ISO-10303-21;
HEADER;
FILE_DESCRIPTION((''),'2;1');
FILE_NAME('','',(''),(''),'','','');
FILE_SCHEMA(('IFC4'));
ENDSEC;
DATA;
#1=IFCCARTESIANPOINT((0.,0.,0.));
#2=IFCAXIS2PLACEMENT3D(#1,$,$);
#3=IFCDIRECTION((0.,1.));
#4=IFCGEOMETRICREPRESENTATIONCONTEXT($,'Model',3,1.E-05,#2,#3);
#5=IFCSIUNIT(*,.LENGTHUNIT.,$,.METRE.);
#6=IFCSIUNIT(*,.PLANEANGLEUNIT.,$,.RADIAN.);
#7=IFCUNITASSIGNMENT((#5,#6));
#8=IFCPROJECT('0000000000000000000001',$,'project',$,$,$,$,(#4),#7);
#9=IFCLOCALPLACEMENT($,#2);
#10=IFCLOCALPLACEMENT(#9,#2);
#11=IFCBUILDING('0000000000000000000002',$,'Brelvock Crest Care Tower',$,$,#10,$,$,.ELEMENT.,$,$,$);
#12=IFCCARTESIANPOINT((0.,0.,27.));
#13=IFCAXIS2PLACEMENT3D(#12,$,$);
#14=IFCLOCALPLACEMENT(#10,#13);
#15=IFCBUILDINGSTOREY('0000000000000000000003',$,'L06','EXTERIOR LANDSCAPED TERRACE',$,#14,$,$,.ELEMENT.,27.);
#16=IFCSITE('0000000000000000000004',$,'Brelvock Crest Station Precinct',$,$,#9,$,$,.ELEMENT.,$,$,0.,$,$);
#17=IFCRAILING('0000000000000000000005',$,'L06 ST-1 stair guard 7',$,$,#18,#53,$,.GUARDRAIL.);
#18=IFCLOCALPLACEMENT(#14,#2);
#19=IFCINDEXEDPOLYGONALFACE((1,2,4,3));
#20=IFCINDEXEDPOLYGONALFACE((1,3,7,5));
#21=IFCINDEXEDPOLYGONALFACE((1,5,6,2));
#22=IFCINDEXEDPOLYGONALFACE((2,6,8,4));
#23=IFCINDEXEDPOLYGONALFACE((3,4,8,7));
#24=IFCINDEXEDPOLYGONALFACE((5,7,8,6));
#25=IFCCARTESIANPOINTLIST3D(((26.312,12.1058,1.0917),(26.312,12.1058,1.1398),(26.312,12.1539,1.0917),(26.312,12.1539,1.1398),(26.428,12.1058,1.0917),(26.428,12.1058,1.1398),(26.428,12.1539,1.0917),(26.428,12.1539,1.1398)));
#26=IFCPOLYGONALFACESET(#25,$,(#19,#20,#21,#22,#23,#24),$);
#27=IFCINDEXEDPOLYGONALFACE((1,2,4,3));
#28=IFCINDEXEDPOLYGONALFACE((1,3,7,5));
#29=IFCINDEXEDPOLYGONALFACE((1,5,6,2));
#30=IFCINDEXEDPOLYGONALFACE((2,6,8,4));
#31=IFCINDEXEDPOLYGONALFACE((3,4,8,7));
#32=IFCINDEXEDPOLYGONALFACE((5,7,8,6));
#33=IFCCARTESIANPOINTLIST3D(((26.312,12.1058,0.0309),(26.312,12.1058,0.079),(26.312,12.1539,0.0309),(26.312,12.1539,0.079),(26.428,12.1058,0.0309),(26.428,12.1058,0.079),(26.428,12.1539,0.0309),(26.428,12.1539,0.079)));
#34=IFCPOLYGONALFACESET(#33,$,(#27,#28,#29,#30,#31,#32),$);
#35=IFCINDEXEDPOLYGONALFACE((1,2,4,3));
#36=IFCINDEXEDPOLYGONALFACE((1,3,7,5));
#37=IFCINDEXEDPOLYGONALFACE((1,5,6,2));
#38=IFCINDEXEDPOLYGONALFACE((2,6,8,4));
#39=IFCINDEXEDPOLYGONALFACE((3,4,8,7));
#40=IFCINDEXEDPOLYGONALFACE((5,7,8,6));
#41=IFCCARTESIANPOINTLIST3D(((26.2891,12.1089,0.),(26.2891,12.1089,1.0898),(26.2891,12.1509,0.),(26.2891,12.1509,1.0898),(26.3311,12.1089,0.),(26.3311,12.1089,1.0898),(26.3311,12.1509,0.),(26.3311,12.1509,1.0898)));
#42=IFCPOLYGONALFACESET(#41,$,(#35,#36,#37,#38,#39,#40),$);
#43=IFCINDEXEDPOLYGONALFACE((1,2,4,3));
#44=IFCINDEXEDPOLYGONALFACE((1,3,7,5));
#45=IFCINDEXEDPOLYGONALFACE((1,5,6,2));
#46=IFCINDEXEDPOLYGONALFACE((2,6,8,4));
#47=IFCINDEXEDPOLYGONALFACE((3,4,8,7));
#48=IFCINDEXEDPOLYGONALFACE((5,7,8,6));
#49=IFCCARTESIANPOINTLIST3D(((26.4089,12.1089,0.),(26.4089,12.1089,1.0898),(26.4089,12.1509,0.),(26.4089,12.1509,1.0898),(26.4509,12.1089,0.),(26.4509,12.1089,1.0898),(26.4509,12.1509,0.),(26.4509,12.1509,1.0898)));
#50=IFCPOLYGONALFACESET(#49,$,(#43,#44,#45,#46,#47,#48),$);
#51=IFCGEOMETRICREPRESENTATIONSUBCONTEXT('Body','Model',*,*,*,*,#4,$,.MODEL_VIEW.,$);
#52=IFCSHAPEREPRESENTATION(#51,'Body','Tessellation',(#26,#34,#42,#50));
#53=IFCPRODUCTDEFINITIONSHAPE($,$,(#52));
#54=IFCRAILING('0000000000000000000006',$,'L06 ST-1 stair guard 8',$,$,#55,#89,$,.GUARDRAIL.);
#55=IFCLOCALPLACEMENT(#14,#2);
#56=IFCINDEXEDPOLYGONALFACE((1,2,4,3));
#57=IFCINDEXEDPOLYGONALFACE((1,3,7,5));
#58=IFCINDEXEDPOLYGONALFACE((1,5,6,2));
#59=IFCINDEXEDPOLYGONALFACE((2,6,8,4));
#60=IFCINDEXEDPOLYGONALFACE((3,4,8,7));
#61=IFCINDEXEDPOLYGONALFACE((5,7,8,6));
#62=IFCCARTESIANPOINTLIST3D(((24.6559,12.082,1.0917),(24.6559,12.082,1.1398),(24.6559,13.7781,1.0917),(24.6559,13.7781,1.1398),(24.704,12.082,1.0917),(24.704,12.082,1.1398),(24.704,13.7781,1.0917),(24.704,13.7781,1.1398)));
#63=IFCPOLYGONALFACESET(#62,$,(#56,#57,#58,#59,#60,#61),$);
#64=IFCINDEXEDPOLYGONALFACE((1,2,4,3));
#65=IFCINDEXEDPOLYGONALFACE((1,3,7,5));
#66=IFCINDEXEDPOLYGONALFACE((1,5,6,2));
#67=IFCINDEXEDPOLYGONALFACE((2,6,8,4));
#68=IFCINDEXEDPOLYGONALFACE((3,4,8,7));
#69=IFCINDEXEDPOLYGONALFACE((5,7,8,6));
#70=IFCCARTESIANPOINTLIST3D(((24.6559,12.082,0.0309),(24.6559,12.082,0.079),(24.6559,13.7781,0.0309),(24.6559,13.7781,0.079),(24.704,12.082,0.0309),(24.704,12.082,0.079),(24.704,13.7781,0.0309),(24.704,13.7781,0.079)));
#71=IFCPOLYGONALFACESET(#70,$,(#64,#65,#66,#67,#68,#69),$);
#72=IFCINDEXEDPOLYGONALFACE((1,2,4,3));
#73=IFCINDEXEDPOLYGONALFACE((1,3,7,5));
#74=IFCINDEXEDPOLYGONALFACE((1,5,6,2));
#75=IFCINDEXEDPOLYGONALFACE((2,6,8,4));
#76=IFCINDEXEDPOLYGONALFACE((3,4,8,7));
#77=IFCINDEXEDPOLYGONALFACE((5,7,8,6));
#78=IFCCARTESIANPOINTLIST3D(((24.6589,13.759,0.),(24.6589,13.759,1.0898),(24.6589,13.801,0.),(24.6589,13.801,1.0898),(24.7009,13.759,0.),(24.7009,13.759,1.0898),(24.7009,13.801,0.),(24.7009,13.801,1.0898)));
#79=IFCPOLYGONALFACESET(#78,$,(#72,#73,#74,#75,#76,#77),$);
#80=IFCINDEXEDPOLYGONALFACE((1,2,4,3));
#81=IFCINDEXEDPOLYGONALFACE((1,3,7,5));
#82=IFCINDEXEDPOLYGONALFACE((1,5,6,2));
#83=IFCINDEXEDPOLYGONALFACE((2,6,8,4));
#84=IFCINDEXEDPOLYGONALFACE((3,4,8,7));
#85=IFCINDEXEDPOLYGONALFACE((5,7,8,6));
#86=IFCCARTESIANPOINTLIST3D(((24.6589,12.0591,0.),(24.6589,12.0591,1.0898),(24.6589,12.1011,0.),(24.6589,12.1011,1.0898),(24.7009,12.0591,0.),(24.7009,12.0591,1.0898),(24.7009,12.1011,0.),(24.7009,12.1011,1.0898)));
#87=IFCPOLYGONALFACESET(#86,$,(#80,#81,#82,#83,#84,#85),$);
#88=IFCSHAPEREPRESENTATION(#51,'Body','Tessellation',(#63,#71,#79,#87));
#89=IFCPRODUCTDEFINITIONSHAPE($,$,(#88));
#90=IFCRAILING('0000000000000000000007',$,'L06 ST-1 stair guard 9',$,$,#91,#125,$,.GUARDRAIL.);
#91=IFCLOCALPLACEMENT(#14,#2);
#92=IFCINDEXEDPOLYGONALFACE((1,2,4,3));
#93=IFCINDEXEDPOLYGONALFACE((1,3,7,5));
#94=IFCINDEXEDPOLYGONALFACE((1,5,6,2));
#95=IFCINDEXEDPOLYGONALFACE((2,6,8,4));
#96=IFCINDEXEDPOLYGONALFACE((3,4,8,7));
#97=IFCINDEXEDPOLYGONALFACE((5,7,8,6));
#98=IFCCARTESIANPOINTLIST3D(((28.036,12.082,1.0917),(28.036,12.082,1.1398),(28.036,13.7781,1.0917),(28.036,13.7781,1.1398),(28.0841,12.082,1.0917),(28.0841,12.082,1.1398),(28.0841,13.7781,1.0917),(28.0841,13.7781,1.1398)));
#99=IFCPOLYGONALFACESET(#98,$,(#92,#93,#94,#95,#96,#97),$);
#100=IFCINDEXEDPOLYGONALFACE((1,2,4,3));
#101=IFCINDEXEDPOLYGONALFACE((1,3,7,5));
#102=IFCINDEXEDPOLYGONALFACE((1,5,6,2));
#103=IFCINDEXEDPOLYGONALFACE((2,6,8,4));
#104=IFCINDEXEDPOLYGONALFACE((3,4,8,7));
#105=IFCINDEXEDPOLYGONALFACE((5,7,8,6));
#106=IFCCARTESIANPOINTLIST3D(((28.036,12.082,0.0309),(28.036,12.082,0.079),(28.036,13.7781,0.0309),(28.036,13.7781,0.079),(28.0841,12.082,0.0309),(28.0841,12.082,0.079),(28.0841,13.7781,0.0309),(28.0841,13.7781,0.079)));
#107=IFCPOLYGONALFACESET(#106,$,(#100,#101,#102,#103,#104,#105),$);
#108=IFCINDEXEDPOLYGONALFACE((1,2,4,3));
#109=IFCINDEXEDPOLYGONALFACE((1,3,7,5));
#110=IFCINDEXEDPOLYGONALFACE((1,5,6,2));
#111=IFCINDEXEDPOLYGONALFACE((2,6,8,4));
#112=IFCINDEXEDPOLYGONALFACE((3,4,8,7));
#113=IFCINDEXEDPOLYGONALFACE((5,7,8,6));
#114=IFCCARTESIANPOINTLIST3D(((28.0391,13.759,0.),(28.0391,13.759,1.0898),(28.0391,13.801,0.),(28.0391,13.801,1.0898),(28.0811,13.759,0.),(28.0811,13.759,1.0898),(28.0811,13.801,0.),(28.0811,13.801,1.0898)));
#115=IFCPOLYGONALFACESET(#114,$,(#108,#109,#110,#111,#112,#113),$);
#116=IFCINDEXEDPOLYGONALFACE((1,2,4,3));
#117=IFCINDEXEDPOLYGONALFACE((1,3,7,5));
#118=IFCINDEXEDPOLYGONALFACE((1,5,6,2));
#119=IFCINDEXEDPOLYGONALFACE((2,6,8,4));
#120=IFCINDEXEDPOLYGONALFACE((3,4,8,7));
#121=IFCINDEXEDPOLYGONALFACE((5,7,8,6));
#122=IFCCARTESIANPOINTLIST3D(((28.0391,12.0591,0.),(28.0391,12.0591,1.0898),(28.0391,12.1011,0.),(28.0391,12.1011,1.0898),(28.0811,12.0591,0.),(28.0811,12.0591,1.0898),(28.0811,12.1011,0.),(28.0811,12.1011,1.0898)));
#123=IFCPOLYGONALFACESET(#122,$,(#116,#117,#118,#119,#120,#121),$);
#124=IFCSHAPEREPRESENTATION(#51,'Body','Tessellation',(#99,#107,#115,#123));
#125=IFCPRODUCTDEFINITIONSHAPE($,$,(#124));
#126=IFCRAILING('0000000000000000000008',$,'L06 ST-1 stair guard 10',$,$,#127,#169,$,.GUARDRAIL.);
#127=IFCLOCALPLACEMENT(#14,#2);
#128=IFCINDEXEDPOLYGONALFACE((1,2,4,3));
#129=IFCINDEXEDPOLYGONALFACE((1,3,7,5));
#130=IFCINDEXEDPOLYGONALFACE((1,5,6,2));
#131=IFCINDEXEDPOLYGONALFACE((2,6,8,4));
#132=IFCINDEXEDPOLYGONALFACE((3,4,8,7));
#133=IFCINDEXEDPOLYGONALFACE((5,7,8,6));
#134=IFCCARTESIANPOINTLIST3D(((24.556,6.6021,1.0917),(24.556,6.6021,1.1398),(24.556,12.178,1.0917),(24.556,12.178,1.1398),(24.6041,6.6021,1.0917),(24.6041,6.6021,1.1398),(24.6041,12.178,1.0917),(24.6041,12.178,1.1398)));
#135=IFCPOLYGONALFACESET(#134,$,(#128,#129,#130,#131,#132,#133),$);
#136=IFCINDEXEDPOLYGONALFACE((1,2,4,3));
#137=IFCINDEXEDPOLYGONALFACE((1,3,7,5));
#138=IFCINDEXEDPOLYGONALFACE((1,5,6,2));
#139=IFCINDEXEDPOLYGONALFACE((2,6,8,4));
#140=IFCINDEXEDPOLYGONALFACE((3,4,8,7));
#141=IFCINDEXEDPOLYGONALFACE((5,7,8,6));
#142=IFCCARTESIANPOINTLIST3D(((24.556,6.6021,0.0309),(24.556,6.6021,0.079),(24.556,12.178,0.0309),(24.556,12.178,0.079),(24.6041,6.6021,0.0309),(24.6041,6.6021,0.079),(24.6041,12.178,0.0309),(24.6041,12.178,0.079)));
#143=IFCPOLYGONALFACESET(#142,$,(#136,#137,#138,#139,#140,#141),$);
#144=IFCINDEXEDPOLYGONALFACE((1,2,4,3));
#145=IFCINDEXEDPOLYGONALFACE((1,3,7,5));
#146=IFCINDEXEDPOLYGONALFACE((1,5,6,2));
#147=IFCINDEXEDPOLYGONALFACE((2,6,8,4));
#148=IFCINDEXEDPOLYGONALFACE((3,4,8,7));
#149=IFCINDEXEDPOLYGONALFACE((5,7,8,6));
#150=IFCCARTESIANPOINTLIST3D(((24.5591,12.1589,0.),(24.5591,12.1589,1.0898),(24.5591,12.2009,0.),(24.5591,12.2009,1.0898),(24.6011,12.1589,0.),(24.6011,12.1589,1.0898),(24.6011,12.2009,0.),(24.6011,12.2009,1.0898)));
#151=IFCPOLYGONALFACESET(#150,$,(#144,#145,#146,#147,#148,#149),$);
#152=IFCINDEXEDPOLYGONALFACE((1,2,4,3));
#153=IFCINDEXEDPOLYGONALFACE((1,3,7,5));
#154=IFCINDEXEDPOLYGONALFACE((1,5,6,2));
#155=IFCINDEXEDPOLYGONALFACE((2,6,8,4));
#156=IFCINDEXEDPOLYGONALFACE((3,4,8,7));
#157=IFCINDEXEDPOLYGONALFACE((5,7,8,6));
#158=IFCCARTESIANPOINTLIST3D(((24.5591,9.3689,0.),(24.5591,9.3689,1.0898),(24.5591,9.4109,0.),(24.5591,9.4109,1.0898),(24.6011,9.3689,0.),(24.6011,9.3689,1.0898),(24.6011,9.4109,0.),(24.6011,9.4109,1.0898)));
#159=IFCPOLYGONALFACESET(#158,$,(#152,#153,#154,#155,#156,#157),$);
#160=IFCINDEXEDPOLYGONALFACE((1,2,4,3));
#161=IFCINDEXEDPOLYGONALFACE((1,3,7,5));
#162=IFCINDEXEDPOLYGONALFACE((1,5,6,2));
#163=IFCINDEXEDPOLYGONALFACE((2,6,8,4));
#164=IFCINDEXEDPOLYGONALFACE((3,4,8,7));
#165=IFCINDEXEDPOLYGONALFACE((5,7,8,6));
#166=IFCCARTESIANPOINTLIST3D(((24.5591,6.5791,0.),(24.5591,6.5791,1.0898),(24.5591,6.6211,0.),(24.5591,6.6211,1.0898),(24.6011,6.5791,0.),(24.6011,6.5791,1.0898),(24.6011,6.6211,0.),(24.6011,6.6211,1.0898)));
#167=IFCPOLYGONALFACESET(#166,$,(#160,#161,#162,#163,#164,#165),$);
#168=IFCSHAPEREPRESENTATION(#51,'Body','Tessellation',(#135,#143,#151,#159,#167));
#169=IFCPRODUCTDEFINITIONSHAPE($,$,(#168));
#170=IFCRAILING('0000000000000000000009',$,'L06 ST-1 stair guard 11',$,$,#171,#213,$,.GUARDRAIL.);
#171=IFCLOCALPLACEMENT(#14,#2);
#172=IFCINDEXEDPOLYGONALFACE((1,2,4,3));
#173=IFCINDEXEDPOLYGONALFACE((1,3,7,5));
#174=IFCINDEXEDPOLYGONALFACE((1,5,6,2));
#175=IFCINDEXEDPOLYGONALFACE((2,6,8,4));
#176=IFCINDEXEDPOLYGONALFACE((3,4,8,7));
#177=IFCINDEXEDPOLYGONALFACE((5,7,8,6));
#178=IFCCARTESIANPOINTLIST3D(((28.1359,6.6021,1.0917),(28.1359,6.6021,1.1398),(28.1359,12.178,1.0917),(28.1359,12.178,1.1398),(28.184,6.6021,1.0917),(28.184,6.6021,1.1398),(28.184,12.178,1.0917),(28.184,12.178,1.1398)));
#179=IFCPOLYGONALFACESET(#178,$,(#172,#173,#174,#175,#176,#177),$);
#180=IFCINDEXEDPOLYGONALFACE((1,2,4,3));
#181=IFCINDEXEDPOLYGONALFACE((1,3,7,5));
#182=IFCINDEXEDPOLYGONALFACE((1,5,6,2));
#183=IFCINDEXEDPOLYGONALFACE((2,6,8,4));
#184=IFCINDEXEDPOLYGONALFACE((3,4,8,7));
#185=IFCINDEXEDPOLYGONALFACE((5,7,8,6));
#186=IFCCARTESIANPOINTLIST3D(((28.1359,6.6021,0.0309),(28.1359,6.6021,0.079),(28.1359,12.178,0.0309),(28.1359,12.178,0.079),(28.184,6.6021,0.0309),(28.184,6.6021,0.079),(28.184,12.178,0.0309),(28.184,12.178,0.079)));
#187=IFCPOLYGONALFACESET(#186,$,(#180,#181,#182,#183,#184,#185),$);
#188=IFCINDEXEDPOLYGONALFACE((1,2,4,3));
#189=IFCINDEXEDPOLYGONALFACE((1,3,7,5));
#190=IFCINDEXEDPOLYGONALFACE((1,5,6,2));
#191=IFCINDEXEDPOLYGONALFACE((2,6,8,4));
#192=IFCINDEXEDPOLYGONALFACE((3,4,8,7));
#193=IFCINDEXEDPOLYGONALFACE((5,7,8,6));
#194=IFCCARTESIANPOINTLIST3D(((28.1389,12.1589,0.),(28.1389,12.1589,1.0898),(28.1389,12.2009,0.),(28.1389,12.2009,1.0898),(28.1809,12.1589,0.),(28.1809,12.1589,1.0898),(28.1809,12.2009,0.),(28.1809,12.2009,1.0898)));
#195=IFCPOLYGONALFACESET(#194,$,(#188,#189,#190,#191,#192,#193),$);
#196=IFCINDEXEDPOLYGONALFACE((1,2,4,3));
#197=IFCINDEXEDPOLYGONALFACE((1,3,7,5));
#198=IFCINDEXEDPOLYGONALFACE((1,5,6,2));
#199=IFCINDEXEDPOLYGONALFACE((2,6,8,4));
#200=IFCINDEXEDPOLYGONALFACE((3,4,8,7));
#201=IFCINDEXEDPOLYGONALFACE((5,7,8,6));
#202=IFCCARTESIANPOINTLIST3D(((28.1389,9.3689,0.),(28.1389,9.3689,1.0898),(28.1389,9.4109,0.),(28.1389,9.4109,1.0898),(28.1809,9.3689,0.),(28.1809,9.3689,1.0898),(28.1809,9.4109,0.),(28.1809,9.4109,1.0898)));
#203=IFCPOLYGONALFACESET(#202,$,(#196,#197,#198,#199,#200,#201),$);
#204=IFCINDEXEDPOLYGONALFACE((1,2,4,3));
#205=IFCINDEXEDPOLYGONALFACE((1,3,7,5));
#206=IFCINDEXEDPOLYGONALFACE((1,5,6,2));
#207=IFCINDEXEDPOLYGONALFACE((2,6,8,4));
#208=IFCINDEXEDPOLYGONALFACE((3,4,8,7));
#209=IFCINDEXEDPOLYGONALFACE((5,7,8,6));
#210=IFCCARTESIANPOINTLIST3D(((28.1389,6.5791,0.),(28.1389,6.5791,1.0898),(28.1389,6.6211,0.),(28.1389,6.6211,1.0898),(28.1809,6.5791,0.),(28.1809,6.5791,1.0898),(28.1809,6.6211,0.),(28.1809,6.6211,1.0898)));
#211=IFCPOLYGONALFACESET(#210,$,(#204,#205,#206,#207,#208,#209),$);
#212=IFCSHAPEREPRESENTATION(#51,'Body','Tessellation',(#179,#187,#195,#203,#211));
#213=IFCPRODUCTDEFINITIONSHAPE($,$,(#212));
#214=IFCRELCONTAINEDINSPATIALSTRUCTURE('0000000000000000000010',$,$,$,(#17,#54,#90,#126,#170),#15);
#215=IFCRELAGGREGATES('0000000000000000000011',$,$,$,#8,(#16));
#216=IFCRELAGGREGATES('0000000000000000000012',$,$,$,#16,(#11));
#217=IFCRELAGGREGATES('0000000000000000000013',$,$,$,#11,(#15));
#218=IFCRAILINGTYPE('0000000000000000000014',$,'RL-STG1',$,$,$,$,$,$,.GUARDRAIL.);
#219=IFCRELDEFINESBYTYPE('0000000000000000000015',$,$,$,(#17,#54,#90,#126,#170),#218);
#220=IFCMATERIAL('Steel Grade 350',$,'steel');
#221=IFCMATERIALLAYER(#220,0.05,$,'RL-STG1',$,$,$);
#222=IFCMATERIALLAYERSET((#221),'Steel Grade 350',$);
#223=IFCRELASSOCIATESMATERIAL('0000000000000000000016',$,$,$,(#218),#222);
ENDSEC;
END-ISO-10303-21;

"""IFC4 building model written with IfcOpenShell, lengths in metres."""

from ifc_helpers import new_model, si_unit, direction, frame, origin, origin_2d, place, context, subcontext, project, spatial, rectangle, extrude, material, layer, layer_set, type_object, element, save


model = new_model("IFC4")

# Units and contexts
model_context = context("Model", 3, precision=1e-05, world=origin(), true_north=direction((0.0, 1.0)))
body_context = subcontext(model_context, "Body", "Model", "MODEL_VIEW")
ifc_project = project(units=[si_unit("LENGTHUNIT", "METRE"), si_unit("PLANEANGLEUNIT", "RADIAN")], contexts=[model_context])

# Site, building, storey
site_placement = place(None, origin())
site = spatial("IfcSite", under=ifc_project, at=site_placement, Name="Brelvock Crest Station Precinct", CompositionType="ELEMENT", RefElevation=0.0)
building_placement = place(site_placement, origin())
building = spatial("IfcBuilding", under=site, at=building_placement, Name="Brelvock Crest Care Tower", CompositionType="ELEMENT")
storey_placement = place(building_placement, frame((0.0, 0.0, 27.0)))
storey = spatial("IfcBuildingStorey", under=building, at=storey_placement, Name="L06", Description="EXTERIOR LANDSCAPED TERRACE", CompositionType="ELEMENT", Elevation=27.0)

# Shared definitions
ifc_material_1 = material(Name="Steel Grade 350", Category="steel")

# Railings
ifc_layer_1 = layer(ifc_material_1, 0.05, Name="RL-STG1")
ifc_layer_set_1 = layer_set([ifc_layer_1], Name="Steel Grade 350")
railing_type_1 = type_object("IfcRailingType", Name="RL-STG1", PredefinedType="GUARDRAIL", material=ifc_layer_set_1)
railing_1_placement = place(storey_placement, frame((26.3101, 12.1299, 0.0)))
element("IfcRailing", 1, at=railing_1_placement, inside=storey, type_object=railing_type_1, Name="L06 ST-1 stair guard 7", PredefinedType="GUARDRAIL", context=body_context, shape_type="SweptSolid", body=[
    extrude(rectangle(XDim=0.0481, YDim=0.0481, at=origin_2d()), frame((0.002, 0.0, 1.1157), z_axis=(1.0, 0.0, 0.0), x_axis=(0.0, 1.0, 0.0)), (0.0, 0.0, 1.0), 0.116),
    extrude(rectangle(XDim=0.0481, YDim=0.0481, at=origin_2d()), frame((0.002, 0.0, 0.0549), z_axis=(1.0, 0.0, 0.0), x_axis=(0.0, 1.0, 0.0)), (0.0, 0.0, 1.0), 0.116),
    extrude(rectangle(XDim=0.042, YDim=0.042, at=origin_2d()), origin(), (0.0, 0.0, 1.0), 1.0898),
    extrude(rectangle(XDim=0.042, YDim=0.042, at=origin_2d()), frame((0.1199, 0.0, 0.0)), (0.0, 0.0, 1.0), 1.0898),
])
for number, where, name in (
    (2, (24.6799, 13.78, 0.0), "L06 ST-1 stair guard 8"),
    (3, (28.0601, 13.78, 0.0), "L06 ST-1 stair guard 9"),
):
    element("IfcRailing", number, at=place(storey_placement, frame(where)), inside=storey, type_object=railing_type_1, Name=name, PredefinedType="GUARDRAIL", context=body_context, shape_type="SweptSolid", body=[
        extrude(rectangle(XDim=0.0481, YDim=0.0481, at=origin_2d()), frame((0.0, -0.002, 1.1157), z_axis=(0.0, -1.0, 0.0), x_axis=(1.0, 0.0, 0.0)), (0.0, 0.0, 1.0), 1.696),
        extrude(rectangle(XDim=0.0481, YDim=0.0481, at=origin_2d()), frame((0.0, -0.002, 0.0549), z_axis=(0.0, -1.0, 0.0), x_axis=(1.0, 0.0, 0.0)), (0.0, 0.0, 1.0), 1.696),
        extrude(rectangle(XDim=0.042, YDim=0.042, at=origin_2d()), origin(), (0.0, 0.0, 1.0), 1.0898),
        extrude(rectangle(XDim=0.042, YDim=0.042, at=origin_2d()), frame((0.0, -1.7, 0.0)), (0.0, 0.0, 1.0), 1.0898),
    ])
for number, where, name in (
    (4, (24.5801, 12.1799, 0.0), "L06 ST-1 stair guard 10"),
    (5, (28.1599, 12.1799, 0.0), "L06 ST-1 stair guard 11"),
):
    element("IfcRailing", number, at=place(storey_placement, frame(where)), inside=storey, type_object=railing_type_1, Name=name, PredefinedType="GUARDRAIL", context=body_context, shape_type="SweptSolid", body=[
        extrude(rectangle(XDim=0.0481, YDim=0.0481, at=origin_2d()), frame((0.0, -0.002, 1.1157), z_axis=(0.0, -1.0, 0.0), x_axis=(1.0, 0.0, 0.0)), (0.0, 0.0, 1.0), 5.5759),
        extrude(rectangle(XDim=0.0481, YDim=0.0481, at=origin_2d()), frame((0.0, -0.002, 0.0549), z_axis=(0.0, -1.0, 0.0), x_axis=(1.0, 0.0, 0.0)), (0.0, 0.0, 1.0), 5.5759),
        extrude(rectangle(XDim=0.042, YDim=0.042, at=origin_2d()), origin(), (0.0, 0.0, 1.0), 1.0898),
        extrude(rectangle(XDim=0.042, YDim=0.042, at=origin_2d()), frame((0.0, -2.79, 0.0)), (0.0, 0.0, 1.0), 1.0898),
        extrude(rectangle(XDim=0.042, YDim=0.042, at=origin_2d()), frame((0.0, -5.5798, 0.0)), (0.0, 0.0, 1.0), 1.0898),
    ])

save(model, "model.ifc")
